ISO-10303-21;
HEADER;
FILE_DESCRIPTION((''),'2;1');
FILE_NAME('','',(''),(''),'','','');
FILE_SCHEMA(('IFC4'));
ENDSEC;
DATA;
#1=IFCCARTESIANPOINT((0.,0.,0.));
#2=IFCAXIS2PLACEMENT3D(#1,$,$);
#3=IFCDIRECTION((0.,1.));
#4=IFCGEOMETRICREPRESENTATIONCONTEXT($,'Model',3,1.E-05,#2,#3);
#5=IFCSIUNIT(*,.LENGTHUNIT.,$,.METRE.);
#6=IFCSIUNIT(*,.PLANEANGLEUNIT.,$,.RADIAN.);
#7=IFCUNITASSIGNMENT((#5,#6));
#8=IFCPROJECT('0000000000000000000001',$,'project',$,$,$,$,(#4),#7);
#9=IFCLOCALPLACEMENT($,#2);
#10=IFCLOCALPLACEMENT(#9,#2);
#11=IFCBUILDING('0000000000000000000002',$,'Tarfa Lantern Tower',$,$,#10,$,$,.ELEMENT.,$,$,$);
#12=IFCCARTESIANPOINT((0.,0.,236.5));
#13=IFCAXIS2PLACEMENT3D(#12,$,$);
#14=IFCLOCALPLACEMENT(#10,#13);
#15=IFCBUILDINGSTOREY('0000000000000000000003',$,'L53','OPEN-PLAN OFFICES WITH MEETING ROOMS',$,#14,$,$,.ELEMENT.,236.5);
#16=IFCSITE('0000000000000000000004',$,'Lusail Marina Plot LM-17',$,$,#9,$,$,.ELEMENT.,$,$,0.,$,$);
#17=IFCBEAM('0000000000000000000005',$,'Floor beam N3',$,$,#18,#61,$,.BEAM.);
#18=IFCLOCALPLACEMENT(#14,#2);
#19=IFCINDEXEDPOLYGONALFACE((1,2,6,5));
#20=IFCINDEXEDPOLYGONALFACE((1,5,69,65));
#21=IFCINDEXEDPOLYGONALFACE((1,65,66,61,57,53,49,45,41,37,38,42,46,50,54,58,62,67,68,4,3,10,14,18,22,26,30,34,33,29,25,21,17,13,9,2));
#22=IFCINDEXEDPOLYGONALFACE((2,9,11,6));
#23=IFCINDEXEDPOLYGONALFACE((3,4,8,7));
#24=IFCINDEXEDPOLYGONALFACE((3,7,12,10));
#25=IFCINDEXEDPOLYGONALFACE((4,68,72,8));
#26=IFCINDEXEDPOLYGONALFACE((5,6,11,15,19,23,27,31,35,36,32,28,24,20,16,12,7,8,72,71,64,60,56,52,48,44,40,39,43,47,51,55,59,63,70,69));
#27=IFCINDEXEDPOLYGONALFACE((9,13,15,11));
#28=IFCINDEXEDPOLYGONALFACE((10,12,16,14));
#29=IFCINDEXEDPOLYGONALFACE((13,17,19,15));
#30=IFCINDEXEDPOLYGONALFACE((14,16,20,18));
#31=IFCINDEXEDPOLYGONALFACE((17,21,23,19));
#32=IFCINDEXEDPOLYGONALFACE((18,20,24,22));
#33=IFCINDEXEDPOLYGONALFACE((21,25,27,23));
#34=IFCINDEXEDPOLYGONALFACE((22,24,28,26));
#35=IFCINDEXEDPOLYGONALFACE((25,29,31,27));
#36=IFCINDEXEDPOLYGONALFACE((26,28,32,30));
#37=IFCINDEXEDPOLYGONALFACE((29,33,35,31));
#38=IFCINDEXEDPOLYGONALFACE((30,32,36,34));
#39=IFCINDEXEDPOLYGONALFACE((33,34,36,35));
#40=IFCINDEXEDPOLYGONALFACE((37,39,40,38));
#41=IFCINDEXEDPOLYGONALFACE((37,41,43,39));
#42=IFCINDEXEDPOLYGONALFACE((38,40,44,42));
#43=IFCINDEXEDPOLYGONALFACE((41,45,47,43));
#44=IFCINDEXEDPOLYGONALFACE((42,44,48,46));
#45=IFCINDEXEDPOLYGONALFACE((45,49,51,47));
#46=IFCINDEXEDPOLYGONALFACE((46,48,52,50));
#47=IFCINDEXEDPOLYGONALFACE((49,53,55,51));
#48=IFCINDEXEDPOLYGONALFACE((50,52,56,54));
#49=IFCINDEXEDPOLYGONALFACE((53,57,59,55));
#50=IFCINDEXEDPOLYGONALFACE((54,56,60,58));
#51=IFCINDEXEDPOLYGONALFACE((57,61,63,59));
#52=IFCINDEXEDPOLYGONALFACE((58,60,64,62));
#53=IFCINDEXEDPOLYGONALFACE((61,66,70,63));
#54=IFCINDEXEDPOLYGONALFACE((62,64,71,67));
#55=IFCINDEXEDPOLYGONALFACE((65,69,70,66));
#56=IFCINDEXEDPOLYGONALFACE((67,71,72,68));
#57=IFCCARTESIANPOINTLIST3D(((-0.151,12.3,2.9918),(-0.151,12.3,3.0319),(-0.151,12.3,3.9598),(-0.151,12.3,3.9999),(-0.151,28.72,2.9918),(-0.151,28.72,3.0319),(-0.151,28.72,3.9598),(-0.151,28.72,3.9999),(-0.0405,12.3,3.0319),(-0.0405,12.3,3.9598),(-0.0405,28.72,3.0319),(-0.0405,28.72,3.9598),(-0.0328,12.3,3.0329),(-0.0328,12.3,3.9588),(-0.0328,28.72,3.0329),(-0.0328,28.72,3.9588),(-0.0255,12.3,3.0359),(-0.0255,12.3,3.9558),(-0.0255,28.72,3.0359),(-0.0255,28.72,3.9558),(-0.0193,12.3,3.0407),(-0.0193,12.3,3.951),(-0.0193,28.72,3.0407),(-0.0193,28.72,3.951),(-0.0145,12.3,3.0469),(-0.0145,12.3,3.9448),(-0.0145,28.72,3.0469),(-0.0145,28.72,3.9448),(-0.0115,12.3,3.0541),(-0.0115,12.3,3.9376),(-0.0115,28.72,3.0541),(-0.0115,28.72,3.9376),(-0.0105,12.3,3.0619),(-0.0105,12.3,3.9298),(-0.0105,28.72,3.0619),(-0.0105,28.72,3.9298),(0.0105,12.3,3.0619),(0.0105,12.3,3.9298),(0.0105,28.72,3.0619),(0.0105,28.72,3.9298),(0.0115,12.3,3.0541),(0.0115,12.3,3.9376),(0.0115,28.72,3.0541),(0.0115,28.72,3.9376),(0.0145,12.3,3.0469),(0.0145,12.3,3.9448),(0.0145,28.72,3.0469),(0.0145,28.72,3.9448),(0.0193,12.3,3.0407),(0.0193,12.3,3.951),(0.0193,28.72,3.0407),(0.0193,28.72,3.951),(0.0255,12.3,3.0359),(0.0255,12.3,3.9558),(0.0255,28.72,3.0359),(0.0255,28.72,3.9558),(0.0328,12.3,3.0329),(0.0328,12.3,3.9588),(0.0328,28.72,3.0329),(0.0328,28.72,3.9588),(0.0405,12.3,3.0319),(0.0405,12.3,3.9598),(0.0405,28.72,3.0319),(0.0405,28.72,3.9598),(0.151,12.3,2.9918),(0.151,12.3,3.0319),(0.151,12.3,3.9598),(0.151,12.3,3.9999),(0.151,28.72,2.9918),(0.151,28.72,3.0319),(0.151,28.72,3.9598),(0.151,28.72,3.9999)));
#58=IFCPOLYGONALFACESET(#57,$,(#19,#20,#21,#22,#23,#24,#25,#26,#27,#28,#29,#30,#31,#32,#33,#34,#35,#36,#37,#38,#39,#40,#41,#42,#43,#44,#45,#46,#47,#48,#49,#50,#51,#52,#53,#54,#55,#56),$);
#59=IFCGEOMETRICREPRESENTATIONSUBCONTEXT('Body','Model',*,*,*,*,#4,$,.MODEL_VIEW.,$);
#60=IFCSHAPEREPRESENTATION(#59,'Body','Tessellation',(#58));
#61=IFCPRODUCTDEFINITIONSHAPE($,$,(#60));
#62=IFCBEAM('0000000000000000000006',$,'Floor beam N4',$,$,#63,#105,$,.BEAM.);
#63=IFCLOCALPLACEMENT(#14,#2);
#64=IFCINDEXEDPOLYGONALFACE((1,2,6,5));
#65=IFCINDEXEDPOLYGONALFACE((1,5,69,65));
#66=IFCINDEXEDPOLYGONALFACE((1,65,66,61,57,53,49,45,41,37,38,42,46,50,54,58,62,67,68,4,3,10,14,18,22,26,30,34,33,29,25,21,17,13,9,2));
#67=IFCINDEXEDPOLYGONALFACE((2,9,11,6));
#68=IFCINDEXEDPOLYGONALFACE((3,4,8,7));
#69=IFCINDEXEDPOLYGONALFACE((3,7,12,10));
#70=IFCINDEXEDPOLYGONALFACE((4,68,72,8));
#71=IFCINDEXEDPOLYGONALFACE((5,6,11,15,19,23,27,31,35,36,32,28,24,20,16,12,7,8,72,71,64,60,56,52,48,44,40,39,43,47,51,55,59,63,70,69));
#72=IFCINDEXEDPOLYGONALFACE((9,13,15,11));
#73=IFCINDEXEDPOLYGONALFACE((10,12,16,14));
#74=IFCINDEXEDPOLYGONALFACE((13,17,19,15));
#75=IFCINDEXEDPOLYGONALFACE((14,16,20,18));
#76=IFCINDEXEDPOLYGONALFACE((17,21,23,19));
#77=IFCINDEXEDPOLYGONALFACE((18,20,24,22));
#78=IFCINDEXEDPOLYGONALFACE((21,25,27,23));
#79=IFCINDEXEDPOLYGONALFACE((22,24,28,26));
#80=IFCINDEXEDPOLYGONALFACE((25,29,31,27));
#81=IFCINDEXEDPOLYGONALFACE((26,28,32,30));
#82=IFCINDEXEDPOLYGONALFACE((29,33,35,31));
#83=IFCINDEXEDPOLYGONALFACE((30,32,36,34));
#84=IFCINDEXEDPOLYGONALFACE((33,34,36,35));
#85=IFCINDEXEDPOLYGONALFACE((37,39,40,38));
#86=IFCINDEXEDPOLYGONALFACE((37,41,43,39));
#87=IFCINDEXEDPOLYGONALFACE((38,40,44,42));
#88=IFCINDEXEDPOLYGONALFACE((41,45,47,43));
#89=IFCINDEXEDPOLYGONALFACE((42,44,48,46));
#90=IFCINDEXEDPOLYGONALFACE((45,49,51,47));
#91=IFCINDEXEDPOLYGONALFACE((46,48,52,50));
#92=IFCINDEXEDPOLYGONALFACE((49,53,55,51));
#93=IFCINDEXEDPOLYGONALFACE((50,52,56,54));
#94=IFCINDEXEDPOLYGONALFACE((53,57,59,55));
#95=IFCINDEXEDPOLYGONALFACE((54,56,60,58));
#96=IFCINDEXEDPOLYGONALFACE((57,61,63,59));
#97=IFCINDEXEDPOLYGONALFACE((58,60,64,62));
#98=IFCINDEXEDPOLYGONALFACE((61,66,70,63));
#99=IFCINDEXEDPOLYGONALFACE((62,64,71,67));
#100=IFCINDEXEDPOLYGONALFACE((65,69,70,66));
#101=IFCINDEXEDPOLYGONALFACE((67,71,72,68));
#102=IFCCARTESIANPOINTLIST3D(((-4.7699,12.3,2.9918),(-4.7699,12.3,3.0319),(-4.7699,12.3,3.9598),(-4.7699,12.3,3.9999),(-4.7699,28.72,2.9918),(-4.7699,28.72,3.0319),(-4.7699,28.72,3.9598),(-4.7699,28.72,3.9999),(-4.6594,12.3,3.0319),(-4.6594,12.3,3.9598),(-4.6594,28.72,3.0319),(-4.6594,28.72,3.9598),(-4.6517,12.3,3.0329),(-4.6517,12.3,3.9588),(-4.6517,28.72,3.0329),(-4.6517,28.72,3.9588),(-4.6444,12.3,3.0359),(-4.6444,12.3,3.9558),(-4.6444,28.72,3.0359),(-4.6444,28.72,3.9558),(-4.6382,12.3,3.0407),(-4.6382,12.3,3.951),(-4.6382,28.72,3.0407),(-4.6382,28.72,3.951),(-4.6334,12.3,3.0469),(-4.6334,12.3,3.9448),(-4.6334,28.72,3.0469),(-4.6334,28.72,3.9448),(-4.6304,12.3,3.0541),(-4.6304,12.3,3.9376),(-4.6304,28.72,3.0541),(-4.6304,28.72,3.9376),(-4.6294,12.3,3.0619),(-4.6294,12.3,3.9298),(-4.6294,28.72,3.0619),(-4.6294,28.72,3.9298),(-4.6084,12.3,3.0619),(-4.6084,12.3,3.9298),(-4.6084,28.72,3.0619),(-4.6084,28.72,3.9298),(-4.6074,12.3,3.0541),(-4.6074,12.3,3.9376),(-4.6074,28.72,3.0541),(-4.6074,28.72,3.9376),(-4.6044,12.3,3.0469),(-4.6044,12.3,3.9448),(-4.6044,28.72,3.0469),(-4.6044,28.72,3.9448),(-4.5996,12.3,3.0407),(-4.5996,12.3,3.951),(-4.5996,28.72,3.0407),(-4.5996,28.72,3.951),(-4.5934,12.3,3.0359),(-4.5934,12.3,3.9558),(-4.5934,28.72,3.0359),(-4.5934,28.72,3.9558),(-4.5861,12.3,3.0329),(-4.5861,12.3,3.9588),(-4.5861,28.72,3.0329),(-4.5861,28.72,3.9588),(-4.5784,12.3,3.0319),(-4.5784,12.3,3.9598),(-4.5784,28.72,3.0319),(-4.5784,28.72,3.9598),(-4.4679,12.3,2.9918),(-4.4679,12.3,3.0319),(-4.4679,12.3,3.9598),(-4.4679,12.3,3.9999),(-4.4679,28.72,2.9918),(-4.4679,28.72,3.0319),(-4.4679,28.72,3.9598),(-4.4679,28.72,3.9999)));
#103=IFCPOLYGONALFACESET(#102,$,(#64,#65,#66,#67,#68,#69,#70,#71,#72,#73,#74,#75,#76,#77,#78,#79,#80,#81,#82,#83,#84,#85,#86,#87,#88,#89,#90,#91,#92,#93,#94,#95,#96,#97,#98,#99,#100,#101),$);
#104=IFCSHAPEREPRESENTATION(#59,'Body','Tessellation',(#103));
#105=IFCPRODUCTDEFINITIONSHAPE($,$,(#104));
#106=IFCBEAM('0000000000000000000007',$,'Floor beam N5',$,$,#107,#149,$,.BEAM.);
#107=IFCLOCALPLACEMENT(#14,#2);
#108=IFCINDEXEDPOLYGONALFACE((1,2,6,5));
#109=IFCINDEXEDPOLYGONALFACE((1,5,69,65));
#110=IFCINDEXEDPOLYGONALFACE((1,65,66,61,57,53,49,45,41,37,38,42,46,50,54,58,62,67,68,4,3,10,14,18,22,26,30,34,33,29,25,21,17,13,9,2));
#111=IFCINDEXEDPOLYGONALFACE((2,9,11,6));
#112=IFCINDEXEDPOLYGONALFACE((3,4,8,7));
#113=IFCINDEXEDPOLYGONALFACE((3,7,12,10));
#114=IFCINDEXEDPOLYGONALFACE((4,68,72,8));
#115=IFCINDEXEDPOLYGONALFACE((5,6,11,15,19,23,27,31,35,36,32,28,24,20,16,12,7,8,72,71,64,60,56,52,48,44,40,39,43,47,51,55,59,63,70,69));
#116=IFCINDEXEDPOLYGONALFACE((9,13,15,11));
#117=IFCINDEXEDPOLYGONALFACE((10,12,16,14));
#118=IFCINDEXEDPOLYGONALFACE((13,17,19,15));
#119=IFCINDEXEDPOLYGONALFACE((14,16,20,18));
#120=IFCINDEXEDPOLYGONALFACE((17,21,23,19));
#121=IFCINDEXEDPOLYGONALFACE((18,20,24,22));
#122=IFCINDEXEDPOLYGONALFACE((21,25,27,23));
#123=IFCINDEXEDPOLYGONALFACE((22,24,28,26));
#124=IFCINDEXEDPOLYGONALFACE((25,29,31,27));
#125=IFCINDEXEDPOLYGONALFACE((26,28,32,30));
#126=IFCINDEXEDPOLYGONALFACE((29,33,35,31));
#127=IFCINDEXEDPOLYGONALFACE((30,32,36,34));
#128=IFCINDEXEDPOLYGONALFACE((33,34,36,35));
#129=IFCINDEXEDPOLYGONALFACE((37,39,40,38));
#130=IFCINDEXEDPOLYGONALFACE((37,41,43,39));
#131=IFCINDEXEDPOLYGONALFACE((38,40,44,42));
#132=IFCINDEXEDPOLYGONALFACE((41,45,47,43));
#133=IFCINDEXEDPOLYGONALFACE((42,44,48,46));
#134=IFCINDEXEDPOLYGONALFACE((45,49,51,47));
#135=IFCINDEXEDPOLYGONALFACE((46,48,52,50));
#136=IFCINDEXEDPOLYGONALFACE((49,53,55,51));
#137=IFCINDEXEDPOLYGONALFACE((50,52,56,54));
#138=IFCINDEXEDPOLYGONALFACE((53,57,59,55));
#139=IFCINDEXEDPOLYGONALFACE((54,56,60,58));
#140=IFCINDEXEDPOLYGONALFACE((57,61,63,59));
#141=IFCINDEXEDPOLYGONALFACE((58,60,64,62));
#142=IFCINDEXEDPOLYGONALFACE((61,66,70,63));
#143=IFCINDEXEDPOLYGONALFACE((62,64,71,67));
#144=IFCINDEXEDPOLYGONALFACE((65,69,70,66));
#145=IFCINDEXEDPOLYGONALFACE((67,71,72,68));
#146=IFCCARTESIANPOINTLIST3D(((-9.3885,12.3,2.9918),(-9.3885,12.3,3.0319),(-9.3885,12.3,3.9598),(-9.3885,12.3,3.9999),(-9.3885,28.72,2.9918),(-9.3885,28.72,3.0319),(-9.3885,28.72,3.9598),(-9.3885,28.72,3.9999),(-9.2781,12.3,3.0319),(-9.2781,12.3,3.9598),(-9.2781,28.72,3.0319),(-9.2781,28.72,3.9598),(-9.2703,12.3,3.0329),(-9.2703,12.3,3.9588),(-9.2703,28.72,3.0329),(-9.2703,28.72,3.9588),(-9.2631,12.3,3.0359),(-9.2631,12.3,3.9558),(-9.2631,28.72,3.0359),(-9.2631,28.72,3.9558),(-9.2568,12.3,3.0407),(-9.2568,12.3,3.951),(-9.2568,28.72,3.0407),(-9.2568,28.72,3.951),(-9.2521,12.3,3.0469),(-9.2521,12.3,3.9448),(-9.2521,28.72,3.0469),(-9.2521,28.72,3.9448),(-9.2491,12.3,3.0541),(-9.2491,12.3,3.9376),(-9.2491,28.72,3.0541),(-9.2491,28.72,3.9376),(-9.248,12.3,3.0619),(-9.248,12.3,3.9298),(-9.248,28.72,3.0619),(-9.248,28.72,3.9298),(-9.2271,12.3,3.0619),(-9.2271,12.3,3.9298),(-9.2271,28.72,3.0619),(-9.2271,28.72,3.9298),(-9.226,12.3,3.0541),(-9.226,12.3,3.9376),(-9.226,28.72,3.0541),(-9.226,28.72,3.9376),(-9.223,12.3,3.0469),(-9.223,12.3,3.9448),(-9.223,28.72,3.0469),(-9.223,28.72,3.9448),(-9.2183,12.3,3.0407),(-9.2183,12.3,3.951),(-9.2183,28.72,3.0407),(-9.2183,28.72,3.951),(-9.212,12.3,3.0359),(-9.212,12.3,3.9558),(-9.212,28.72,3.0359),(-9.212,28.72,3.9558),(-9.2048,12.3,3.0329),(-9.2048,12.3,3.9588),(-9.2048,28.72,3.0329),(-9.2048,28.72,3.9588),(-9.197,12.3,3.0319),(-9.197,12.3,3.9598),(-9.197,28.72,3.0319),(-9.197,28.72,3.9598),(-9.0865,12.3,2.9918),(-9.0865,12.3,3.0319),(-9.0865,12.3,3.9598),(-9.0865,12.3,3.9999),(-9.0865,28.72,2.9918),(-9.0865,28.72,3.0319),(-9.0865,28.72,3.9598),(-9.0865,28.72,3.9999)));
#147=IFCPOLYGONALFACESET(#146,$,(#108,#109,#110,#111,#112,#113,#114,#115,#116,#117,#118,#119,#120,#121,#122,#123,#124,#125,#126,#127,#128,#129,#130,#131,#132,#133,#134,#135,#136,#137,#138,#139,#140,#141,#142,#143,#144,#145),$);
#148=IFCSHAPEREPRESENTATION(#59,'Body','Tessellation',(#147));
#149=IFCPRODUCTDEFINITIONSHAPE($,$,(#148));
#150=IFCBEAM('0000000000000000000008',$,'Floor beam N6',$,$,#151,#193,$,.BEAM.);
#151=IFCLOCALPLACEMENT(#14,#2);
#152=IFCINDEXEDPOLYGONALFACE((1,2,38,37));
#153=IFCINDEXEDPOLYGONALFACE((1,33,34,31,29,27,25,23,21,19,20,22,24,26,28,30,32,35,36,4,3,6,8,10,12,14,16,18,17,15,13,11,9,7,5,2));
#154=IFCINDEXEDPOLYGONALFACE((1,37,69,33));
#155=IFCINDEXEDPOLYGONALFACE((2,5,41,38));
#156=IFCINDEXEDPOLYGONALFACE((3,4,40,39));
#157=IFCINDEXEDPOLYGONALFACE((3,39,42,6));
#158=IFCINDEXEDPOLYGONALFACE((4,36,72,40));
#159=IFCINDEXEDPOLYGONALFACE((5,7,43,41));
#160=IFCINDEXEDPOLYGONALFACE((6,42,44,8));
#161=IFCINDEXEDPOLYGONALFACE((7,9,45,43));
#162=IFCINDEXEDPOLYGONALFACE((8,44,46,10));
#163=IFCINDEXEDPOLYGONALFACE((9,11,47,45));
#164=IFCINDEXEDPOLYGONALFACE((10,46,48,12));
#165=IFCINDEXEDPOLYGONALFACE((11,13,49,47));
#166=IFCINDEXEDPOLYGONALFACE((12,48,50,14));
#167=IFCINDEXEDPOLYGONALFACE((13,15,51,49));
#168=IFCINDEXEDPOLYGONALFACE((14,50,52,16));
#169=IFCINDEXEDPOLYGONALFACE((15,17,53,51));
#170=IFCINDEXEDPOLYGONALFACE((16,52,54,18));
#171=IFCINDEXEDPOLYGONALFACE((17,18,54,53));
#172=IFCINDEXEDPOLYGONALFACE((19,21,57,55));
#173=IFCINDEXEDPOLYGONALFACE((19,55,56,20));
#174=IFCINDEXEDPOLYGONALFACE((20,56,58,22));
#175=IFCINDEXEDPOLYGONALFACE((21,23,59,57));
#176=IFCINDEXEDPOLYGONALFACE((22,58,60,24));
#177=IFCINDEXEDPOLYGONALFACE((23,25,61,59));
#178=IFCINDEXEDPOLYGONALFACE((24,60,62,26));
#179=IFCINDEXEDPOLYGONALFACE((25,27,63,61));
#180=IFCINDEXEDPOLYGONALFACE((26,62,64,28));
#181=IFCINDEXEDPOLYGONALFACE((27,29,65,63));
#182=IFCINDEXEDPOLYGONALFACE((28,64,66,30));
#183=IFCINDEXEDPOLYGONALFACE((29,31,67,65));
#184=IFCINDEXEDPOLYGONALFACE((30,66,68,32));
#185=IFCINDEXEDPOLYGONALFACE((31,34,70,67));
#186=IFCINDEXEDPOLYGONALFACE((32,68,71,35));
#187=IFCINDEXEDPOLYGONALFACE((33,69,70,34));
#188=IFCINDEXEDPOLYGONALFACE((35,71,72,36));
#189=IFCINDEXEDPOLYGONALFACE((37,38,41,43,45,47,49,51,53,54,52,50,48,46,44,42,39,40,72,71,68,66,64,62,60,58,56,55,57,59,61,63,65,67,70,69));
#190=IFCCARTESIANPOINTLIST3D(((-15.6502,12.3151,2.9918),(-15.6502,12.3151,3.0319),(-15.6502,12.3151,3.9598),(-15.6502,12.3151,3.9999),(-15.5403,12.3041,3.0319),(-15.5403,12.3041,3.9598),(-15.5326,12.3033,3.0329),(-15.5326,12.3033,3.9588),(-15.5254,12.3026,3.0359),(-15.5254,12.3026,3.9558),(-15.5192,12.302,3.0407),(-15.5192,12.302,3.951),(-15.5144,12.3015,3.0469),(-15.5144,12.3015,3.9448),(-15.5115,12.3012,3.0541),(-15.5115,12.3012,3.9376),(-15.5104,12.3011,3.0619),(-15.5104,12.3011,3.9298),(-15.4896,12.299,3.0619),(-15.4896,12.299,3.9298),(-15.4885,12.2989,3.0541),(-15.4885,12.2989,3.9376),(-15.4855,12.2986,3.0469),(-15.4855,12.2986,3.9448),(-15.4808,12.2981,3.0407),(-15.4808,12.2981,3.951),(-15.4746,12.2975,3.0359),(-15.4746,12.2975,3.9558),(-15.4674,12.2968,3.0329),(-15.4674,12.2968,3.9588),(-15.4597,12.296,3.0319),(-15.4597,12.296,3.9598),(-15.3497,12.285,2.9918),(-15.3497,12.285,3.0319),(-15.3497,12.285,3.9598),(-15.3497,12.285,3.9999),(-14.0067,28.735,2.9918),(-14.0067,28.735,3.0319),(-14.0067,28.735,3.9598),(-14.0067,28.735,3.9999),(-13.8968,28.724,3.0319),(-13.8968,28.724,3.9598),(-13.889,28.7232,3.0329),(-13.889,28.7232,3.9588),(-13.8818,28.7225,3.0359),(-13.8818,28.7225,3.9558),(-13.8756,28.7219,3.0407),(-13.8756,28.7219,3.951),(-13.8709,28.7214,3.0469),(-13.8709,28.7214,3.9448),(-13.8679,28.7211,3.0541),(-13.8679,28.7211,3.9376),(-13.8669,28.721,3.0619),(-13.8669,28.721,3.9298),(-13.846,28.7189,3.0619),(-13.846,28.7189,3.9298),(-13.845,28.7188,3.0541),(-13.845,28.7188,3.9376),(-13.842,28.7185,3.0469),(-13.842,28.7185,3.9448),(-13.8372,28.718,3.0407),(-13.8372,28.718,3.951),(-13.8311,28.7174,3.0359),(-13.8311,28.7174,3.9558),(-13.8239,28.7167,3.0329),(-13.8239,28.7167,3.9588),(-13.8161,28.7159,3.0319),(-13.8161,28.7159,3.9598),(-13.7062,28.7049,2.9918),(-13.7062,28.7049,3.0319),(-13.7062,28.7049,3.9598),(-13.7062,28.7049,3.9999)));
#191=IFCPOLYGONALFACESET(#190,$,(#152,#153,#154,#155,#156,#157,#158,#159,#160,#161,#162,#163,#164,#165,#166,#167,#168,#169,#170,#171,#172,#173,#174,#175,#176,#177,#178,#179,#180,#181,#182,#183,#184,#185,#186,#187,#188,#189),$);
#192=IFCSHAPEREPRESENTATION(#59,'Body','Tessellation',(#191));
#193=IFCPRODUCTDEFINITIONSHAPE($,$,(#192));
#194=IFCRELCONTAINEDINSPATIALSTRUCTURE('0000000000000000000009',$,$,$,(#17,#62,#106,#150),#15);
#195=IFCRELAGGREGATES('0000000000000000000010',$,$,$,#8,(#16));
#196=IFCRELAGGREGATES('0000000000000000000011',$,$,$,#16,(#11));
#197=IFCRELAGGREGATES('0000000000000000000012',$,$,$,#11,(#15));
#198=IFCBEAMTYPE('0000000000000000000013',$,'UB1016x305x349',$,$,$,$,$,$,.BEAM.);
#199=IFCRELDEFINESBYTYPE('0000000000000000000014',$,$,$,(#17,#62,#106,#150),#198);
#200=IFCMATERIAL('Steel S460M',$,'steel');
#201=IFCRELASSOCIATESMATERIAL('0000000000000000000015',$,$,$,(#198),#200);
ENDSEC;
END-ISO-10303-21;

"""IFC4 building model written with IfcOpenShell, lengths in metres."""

from ifc_helpers import new_model, si_unit, direction, frame, origin, origin_2d, place, context, subcontext, project, spatial, i_section, extrude, material, material_profile, profile_set, type_object, element, save


model = new_model("IFC4")

# Units and contexts
model_context = context("Model", 3, precision=1e-05, world=origin(), true_north=direction((0.0, 1.0)))
body_context = subcontext(model_context, "Body", "Model", "MODEL_VIEW")
ifc_project = project(units=[si_unit("LENGTHUNIT", "METRE"), si_unit("PLANEANGLEUNIT", "RADIAN")], contexts=[model_context])

# Site, building, storey
site_placement = place(None, origin())
site = spatial("IfcSite", under=ifc_project, at=site_placement, Name="Lusail Marina Plot LM-17", CompositionType="ELEMENT", RefElevation=0.0)
building_placement = place(site_placement, origin())
building = spatial("IfcBuilding", under=site, at=building_placement, Name="Tarfa Lantern Tower", CompositionType="ELEMENT")
storey_placement = place(building_placement, frame((0.0, 0.0, 236.5)))
storey = spatial("IfcBuildingStorey", under=building, at=storey_placement, Name="L53", Description="OPEN-PLAN OFFICES WITH MEETING ROOMS", CompositionType="ELEMENT", Elevation=236.5)

# Beams
ifc_material_1 = material(Name="Steel S460M", Category="steel")
ifc_material_profile_1 = material_profile(ifc_material_1, i_section(OverallWidth=0.302, OverallDepth=1.0081, WebThickness=0.021, FlangeThickness=0.04, FilletRadius=0.03, at=origin_2d()), Name="UB1016x305x349")
ifc_profile_set_1 = profile_set([ifc_material_profile_1], Name="Steel S460M")
beam_type_1 = type_object("IfcBeamType", Name="UB1016x305x349", PredefinedType="BEAM", material=ifc_profile_set_1)
for number, where, z_axis, x_axis, name in (
    (1, (0.0, 28.72, 3.4958), (0.0, -1.0, 0.0), (1.0, 0.0, 0.0), "Floor beam N3"),
    (2, (-4.6189, 28.72, 3.4958), (0.0, -1.0, 0.0), (1.0, 0.0, 0.0), "Floor beam N4"),
    (3, (-9.2375, 28.72, 3.4958), (0.0, -1.0, 0.0), (1.0, 0.0, 0.0), "Floor beam N5"),
):
    element("IfcBeam", number, at=place(storey_placement, frame(where, z_axis=z_axis, x_axis=x_axis)), inside=storey, type_object=beam_type_1, Name=name, PredefinedType="BEAM", context=body_context, shape_type="SweptSolid", body=[
        extrude(i_section(OverallWidth=0.302, OverallDepth=1.0081, WebThickness=0.021, FlangeThickness=0.04, FilletRadius=0.03, at=origin_2d()), origin(), (0.0, 0.0, 1.0), 16.4199),
    ])
beam_1_placement = place(storey_placement, frame((-13.8564, 28.72, 3.4958), z_axis=(-0.099597, -0.995028, 0.0), x_axis=(0.995028, -0.099597, 0.0)))
element("IfcBeam", 4, at=beam_1_placement, inside=storey, type_object=beam_type_1, Name="Floor beam N6", PredefinedType="BEAM", context=body_context, shape_type="SweptSolid", body=[
    extrude(i_section(OverallWidth=0.302, OverallDepth=1.0081, WebThickness=0.021, FlangeThickness=0.04, FilletRadius=0.03, at=origin_2d()), origin(), (0.0, 0.0, 1.0), 16.502),
])

save(model, "model.ifc")
